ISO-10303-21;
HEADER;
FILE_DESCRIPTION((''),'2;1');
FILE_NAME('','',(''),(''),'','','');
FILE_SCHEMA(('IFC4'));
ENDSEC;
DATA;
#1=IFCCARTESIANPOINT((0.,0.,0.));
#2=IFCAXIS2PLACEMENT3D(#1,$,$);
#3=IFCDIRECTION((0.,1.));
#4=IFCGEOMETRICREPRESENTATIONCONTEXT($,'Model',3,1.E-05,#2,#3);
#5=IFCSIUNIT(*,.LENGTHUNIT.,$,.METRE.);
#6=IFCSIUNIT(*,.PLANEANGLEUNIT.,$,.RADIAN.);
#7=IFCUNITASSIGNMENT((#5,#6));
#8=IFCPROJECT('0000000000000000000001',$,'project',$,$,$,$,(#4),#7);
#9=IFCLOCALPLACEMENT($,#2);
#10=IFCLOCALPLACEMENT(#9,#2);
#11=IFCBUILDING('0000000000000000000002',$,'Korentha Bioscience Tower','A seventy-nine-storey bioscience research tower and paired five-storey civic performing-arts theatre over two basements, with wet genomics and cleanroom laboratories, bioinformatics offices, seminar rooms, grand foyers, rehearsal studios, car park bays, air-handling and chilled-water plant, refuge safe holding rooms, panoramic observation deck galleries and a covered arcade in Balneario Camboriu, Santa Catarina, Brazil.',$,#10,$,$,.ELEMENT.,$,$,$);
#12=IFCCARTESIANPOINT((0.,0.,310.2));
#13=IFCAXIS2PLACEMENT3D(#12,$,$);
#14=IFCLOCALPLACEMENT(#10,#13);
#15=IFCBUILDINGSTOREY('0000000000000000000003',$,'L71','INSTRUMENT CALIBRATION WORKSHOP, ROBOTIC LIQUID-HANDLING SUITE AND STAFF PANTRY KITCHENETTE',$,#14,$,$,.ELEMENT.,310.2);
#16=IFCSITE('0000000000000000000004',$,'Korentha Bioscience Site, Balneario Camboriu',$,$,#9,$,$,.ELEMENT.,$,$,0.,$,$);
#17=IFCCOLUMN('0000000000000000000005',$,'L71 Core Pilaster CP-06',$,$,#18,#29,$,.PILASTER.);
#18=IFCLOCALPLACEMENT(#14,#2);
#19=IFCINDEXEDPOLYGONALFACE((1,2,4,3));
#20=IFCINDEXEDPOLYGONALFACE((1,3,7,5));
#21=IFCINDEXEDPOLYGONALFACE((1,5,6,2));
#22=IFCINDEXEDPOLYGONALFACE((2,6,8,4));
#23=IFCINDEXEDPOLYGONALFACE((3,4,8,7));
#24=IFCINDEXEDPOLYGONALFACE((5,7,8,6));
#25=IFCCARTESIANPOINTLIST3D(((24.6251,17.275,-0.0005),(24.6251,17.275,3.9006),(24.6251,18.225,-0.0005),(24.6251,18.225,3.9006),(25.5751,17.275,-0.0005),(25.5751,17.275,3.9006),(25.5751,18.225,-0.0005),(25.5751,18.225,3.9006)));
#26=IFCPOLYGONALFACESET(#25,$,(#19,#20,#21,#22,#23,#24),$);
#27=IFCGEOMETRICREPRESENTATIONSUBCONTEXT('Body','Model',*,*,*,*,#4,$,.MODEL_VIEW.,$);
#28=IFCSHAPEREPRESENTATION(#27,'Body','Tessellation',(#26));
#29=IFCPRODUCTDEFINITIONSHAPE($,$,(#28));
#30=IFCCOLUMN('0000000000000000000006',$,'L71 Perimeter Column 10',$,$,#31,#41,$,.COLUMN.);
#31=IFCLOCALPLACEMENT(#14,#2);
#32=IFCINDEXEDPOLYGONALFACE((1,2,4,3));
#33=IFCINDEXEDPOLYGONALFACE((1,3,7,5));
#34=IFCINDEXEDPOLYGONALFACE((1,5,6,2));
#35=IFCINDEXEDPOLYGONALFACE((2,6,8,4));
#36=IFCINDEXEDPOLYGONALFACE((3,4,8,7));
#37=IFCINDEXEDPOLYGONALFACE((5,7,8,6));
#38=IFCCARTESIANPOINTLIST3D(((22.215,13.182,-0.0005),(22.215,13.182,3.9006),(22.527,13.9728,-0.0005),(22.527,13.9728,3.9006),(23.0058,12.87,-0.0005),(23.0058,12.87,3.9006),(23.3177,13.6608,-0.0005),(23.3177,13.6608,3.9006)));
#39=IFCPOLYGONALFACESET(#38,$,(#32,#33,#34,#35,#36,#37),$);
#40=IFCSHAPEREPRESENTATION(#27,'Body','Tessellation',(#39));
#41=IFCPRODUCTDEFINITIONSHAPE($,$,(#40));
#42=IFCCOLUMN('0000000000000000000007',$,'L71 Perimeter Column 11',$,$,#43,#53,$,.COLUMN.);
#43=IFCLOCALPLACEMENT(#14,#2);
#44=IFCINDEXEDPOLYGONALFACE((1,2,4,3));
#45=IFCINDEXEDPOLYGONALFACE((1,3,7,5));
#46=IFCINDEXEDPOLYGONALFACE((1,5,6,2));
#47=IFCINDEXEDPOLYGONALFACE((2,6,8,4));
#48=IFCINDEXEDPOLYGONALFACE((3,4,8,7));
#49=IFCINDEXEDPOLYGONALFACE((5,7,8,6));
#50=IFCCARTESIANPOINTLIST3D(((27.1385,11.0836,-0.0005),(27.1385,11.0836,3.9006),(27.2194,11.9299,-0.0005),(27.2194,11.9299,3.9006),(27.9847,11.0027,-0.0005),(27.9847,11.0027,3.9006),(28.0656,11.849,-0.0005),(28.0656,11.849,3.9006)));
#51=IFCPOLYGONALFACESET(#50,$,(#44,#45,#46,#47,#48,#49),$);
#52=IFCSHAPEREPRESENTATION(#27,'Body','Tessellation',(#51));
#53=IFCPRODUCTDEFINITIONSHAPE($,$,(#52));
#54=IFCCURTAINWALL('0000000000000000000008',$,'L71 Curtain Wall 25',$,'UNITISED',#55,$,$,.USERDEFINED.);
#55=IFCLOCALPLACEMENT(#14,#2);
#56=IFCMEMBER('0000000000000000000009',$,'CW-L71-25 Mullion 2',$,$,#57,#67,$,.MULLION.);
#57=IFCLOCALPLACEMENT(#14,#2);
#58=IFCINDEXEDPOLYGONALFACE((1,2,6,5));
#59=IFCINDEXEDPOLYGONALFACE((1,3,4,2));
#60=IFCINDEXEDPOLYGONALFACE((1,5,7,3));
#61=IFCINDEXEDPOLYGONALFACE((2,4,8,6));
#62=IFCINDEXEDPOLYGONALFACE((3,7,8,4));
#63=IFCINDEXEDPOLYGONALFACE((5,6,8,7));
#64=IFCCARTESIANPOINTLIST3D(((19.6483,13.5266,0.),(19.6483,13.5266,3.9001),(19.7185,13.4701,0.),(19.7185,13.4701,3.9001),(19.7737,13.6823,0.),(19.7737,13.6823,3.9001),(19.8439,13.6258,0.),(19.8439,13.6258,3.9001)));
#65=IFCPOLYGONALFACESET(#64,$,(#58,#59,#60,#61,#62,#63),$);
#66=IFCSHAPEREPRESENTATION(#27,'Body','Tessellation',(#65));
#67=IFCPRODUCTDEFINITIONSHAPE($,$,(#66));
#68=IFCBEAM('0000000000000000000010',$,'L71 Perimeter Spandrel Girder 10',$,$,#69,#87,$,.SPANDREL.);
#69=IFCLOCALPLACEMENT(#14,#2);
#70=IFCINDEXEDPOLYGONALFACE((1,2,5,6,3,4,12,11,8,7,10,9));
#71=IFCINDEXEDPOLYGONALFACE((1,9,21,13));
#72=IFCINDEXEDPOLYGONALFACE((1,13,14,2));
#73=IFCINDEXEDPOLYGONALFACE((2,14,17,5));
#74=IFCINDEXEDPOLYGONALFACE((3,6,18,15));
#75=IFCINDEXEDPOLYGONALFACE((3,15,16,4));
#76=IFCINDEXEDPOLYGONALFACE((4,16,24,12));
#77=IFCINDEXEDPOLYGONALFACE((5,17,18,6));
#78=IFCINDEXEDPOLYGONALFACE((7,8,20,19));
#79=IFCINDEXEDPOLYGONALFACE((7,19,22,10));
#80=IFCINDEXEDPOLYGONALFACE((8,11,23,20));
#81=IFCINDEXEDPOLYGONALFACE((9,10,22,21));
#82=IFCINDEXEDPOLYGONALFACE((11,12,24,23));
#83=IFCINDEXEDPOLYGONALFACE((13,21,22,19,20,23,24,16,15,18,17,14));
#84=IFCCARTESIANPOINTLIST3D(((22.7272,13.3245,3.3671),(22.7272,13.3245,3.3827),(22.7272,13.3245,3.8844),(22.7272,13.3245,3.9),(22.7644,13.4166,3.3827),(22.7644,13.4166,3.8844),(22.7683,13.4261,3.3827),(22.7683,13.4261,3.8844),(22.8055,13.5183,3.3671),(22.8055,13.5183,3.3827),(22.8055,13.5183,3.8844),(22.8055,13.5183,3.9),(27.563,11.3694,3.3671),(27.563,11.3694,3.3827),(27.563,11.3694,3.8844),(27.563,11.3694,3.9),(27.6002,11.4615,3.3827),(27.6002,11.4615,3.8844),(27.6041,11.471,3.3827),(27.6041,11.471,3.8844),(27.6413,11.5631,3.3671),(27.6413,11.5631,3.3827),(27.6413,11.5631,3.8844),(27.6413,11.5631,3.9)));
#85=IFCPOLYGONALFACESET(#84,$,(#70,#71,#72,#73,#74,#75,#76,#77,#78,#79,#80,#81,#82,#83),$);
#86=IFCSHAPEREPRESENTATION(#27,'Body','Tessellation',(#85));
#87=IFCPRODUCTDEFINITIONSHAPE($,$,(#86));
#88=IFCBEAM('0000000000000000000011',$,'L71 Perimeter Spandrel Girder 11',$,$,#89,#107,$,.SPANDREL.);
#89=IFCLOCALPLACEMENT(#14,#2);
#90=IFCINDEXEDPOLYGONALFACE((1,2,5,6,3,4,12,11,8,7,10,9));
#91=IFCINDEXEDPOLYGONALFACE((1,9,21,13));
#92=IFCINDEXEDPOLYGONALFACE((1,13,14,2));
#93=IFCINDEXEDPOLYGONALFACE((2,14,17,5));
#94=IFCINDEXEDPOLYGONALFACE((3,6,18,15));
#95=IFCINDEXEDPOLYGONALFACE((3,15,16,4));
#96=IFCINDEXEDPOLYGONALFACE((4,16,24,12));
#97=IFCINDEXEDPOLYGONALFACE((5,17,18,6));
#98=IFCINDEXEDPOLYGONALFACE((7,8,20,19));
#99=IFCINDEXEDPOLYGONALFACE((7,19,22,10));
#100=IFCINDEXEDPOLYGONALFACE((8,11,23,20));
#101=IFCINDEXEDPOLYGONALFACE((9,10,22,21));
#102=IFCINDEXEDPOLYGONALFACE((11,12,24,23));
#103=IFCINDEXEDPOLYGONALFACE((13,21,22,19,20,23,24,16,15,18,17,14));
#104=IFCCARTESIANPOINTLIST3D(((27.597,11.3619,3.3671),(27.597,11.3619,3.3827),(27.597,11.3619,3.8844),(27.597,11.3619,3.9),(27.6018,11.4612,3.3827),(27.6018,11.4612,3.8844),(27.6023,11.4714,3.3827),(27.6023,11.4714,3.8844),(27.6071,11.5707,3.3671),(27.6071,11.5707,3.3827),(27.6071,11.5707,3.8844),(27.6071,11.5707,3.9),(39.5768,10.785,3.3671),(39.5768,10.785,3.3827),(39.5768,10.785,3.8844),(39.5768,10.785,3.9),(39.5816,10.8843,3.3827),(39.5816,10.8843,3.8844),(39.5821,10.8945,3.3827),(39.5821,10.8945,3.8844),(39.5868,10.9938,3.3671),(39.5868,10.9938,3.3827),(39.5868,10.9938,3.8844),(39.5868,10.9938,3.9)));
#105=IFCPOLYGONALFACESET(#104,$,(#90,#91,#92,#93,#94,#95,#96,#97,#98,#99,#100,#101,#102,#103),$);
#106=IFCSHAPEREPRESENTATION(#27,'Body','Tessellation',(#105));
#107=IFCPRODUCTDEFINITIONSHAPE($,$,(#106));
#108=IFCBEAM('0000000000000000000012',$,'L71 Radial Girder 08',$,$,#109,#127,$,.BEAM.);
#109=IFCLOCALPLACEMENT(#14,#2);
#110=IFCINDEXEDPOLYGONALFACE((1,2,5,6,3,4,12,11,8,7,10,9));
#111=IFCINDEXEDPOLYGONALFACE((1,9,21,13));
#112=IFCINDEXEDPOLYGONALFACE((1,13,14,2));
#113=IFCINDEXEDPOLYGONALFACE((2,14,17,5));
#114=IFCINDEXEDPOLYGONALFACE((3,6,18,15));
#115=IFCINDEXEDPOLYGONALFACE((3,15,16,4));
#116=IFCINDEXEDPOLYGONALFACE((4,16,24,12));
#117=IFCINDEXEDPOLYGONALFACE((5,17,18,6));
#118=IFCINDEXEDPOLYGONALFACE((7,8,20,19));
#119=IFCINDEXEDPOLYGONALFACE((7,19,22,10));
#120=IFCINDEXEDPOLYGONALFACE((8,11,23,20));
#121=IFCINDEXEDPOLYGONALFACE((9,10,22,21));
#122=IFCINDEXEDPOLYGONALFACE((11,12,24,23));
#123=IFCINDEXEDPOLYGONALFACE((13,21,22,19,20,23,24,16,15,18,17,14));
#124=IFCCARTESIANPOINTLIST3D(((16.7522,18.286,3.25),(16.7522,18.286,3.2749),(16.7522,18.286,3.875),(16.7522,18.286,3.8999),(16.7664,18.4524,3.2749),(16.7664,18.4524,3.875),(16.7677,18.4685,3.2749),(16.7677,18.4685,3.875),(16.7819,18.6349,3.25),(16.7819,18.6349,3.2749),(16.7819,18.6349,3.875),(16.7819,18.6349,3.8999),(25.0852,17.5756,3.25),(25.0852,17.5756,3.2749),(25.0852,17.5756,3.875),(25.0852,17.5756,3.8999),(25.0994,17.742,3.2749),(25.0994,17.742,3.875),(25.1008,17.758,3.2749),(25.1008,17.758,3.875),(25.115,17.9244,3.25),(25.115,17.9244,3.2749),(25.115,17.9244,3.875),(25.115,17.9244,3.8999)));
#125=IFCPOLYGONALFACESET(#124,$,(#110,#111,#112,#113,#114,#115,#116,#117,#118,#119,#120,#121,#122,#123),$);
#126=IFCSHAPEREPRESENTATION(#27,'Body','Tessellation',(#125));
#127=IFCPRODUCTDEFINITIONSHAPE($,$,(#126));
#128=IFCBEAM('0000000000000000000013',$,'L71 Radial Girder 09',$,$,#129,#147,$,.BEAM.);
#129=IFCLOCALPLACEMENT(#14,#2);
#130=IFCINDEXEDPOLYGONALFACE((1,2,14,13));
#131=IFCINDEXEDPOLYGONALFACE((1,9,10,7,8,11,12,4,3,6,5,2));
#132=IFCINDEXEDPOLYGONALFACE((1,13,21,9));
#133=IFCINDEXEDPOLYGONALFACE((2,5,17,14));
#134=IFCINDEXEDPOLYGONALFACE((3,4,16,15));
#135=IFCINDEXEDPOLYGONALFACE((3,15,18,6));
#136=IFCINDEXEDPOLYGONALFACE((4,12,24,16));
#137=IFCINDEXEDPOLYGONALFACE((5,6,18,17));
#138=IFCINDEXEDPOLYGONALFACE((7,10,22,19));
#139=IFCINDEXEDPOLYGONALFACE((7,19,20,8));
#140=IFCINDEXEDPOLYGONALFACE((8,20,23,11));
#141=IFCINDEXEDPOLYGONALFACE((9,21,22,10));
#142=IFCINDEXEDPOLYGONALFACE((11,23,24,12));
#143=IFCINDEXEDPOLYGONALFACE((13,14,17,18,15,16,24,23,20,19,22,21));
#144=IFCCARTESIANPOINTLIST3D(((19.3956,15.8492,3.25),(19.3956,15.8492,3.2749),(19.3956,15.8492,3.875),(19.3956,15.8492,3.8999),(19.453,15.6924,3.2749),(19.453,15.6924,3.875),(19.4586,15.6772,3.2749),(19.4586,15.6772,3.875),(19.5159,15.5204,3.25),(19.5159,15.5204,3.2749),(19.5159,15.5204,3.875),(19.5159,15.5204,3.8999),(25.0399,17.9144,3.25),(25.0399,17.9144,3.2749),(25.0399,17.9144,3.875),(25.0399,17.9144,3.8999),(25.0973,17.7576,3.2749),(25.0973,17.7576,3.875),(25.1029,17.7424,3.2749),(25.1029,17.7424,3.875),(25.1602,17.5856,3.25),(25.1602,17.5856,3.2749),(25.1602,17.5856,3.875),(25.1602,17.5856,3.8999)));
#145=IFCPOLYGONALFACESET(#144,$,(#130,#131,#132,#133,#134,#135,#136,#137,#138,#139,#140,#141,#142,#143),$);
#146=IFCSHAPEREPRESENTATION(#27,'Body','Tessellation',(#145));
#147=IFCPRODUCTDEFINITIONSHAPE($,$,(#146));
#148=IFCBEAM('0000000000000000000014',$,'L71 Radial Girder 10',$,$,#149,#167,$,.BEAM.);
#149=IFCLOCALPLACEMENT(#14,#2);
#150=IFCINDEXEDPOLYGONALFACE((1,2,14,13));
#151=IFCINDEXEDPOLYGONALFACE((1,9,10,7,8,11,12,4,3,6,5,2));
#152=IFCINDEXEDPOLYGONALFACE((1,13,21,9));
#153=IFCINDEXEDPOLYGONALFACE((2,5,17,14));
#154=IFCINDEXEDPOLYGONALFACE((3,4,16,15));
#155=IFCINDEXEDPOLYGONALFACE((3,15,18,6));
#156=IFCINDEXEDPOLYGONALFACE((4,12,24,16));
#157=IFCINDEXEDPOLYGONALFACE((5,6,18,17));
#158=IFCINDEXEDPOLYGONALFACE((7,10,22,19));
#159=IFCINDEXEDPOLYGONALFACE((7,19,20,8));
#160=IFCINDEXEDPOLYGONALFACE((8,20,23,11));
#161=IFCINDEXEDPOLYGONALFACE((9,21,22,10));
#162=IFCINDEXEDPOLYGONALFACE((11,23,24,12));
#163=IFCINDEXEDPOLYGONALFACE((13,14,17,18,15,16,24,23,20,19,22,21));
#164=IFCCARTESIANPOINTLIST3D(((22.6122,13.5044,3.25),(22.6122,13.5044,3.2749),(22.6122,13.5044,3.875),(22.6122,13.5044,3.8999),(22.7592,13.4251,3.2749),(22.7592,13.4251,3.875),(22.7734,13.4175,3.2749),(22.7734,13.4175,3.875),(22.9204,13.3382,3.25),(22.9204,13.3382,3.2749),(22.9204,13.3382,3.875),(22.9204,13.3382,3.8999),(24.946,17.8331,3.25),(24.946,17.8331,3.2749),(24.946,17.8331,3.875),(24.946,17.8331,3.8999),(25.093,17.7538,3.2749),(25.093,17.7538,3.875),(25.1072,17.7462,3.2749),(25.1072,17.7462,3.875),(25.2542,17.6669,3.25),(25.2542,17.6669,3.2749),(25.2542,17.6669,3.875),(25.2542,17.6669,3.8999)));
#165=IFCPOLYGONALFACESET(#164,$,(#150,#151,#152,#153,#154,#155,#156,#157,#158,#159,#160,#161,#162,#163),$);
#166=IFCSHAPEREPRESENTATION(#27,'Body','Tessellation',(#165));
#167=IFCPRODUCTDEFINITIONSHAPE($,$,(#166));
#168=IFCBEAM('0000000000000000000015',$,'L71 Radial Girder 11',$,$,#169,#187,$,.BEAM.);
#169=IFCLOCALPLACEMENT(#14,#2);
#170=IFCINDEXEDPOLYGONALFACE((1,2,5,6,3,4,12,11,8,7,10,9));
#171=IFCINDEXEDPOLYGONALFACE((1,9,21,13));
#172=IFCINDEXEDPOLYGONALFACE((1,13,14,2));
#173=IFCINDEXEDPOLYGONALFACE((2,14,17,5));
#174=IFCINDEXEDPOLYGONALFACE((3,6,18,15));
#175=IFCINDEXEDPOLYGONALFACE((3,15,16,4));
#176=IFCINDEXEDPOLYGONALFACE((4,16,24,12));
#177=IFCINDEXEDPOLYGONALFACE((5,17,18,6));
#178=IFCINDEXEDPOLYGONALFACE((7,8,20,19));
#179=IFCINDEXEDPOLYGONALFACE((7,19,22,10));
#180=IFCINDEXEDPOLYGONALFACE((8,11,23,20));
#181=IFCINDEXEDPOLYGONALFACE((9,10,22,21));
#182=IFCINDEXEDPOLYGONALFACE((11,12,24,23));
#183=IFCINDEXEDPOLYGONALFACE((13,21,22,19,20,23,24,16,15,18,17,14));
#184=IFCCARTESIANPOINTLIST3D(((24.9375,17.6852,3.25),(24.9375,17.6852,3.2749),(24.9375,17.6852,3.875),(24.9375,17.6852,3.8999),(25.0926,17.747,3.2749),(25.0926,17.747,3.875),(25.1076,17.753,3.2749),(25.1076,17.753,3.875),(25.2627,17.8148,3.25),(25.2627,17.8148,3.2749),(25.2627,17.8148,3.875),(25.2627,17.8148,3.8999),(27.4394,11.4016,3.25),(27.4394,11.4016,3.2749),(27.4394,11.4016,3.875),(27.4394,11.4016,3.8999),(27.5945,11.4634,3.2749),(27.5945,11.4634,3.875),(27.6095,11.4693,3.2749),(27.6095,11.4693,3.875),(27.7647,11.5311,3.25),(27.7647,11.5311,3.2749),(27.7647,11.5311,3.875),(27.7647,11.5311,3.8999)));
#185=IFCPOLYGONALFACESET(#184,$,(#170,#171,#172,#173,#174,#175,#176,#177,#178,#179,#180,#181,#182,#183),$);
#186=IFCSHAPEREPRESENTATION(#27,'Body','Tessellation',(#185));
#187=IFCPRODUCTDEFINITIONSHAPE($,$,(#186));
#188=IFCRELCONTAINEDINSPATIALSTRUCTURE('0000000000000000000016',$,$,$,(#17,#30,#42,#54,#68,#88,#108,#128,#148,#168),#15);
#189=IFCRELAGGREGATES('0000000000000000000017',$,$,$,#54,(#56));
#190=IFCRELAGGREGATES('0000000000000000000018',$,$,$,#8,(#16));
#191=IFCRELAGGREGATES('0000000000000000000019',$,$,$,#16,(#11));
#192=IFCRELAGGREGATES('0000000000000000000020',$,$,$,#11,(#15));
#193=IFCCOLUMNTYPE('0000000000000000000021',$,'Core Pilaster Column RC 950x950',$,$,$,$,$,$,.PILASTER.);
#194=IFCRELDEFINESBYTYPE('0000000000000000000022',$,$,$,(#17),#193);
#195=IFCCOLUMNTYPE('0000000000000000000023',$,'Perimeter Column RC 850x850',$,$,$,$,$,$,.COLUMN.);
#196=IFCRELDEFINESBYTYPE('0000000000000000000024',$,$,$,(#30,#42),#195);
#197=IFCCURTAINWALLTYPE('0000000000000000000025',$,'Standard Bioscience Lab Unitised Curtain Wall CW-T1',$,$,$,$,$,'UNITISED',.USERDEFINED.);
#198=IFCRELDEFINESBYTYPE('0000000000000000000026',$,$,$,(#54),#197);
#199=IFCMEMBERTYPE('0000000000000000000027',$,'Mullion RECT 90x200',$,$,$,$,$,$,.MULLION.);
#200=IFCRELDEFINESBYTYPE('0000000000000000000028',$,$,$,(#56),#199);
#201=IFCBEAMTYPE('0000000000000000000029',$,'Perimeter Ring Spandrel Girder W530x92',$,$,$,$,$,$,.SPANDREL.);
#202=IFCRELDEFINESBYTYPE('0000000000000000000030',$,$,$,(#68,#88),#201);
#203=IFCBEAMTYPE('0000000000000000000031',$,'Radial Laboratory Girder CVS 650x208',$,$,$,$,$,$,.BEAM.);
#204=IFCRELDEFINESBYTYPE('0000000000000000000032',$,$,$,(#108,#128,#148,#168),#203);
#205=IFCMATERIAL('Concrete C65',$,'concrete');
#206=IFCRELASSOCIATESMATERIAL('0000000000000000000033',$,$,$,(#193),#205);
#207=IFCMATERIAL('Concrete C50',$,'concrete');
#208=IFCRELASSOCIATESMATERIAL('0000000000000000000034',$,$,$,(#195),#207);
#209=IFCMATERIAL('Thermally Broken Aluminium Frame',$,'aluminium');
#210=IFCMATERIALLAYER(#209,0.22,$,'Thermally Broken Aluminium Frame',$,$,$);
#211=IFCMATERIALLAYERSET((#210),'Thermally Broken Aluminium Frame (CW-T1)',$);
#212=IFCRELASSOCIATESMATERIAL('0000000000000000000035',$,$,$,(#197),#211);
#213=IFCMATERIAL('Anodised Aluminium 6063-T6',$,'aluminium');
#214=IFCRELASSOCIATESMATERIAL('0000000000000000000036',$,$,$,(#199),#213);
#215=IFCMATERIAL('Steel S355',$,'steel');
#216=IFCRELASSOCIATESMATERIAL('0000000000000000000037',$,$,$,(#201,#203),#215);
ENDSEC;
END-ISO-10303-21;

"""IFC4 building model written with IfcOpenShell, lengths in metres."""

from ifc_helpers import new_model, si_unit, direction, frame, origin, origin_2d, place, context, subcontext, project, spatial, rectangle, i_section, extrude, material, layer, layer_set, material_profile, profile_set, type_object, element, aggregate, save


model = new_model("IFC4")

# Units and contexts
model_context = context("Model", 3, precision=1e-05, world=origin(), true_north=direction((0.0, 1.0)))
body_context = subcontext(model_context, "Body", "Model", "MODEL_VIEW")
ifc_project = project(units=[si_unit("LENGTHUNIT", "METRE"), si_unit("PLANEANGLEUNIT", "RADIAN")], contexts=[model_context])

# Site, building, storey
site_placement = place(None, origin())
site = spatial("IfcSite", under=ifc_project, at=site_placement, Name="Korentha Bioscience Site, Balneario Camboriu", CompositionType="ELEMENT", RefElevation=0.0)
building_placement = place(site_placement, origin())
building = spatial("IfcBuilding", under=site, at=building_placement, Name="Korentha Bioscience Tower", Description="A seventy-nine-storey bioscience research tower and paired five-storey civic performing-arts theatre over two basements, with wet genomics and cleanroom laboratories, bioinformatics offices, seminar rooms, grand foyers, rehearsal studios, car park bays, air-handling and chilled-water plant, refuge safe holding rooms, panoramic observation deck galleries and a covered arcade in Balneario Camboriu, Santa Catarina, Brazil.", CompositionType="ELEMENT")
storey_placement = place(building_placement, frame((0.0, 0.0, 310.2)))
storey = spatial("IfcBuildingStorey", under=building, at=storey_placement, Name="L71", Description="INSTRUMENT CALIBRATION WORKSHOP, ROBOTIC LIQUID-HANDLING SUITE AND STAFF PANTRY KITCHENETTE", CompositionType="ELEMENT", Elevation=310.2)

# Columns
ifc_material_1 = material(Name="Concrete C65", Category="concrete")
ifc_material_profile_1 = material_profile(ifc_material_1, rectangle(XDim=0.95, YDim=0.95, at=origin_2d()), Name="Concrete C65")
ifc_profile_set_1 = profile_set([ifc_material_profile_1], Name="Concrete C65 (COL-CP09)")
column_type_1 = type_object("IfcColumnType", Name="Core Pilaster Column RC 950x950", PredefinedType="PILASTER", material=ifc_profile_set_1)
column_placement = place(storey_placement, frame((25.1001, 17.75, -0.0005), z_axis=(0.0, 0.0, 1.0), x_axis=(1.0, 0.0, 0.0)))
element("IfcColumn", 1, at=column_placement, inside=storey, type_object=column_type_1, Name="L71 Core Pilaster CP-06", PredefinedType="PILASTER", context=body_context, shape_type="SweptSolid", body=[
    extrude(rectangle(XDim=0.95, YDim=0.95, at=origin_2d()), origin(), (0.0, 0.0, 1.0), 3.9011),
])
ifc_material_2 = material(Name="Concrete C50", Category="concrete")
ifc_material_profile_2 = material_profile(ifc_material_2, rectangle(XDim=0.8501, YDim=0.8501, at=origin_2d()), Name="Concrete C50")
ifc_profile_set_2 = profile_set([ifc_material_profile_2], Name="Concrete C50 (COL-P08)")
column_type_2 = type_object("IfcColumnType", Name="Perimeter Column RC 850x850", PredefinedType="COLUMN", material=ifc_profile_set_2)
for number, where, z_axis, x_axis, name in (
    (2, (22.7664, 13.4214, -0.0005), (0.0, 0.0, 1.0), (-0.930226, 0.366988, 0.0), "L71 Perimeter Column 10"),
    (3, (27.6021, 11.4663, -0.0005), (0.0, 0.0, 1.0), (-0.995463, 0.095151, 0.0), "L71 Perimeter Column 11"),
):
    element("IfcColumn", number, at=place(storey_placement, frame(where, z_axis=z_axis, x_axis=x_axis)), inside=storey, type_object=column_type_2, Name=name, PredefinedType="COLUMN", context=body_context, shape_type="SweptSolid", body=[
        extrude(rectangle(XDim=0.8501, YDim=0.8501, at=origin_2d()), origin(), (0.0, 0.0, 1.0), 3.9011),
    ])

# Curtain wall, member
ifc_material_3 = material(Name="Thermally Broken Aluminium Frame", Category="aluminium")
ifc_layer_1 = layer(ifc_material_3, 0.22, Name="Thermally Broken Aluminium Frame")
ifc_layer_set_1 = layer_set([ifc_layer_1], Name="Thermally Broken Aluminium Frame (CW-T1)")
curtain_wall_type = type_object("IfcCurtainWallType", Name="Standard Bioscience Lab Unitised Curtain Wall CW-T1", ElementType="UNITISED", PredefinedType="USERDEFINED", material=ifc_layer_set_1)
curtain_wall_placement = place(storey_placement, origin())
curtain_wall = element("IfcCurtainWall", 4, at=curtain_wall_placement, inside=storey, type_object=curtain_wall_type, Name="L71 Curtain Wall 25", ObjectType="UNITISED", PredefinedType="USERDEFINED")
ifc_material_4 = material(Name="Anodised Aluminium 6063-T6", Category="aluminium")
ifc_material_profile_3 = material_profile(ifc_material_4, rectangle(XDim=0.0901, YDim=0.2, at=origin_2d()), Name="Anodised Aluminium 6063-T6")
ifc_profile_set_3 = profile_set([ifc_material_profile_3], Name="Anodised Aluminium 6063-T6 (CW-MUL)")
member_type = type_object("IfcMemberType", Name="Mullion RECT 90x200", PredefinedType="MULLION", material=ifc_profile_set_3)
member_placement = place(storey_placement, frame((19.7461, 13.5762, 0.0), z_axis=(0.0, 0.0, 1.0), x_axis=(0.778807, -0.627264, 0.0)))
member = element("IfcMember", 5, at=member_placement, type_object=member_type, Name="CW-L71-25 Mullion 2", PredefinedType="MULLION", context=body_context, shape_type="SweptSolid", body=[
    extrude(rectangle(XDim=0.0901, YDim=0.2, at=origin_2d()), origin(), (0.0, 0.0, 1.0), 3.9001),
])
aggregate(curtain_wall, [member])

# Beams
ifc_material_5 = material(Name="Steel S355", Category="steel")
ifc_material_profile_4 = material_profile(ifc_material_5, i_section(OverallWidth=0.209, OverallDepth=0.533, WebThickness=0.0103, FlangeThickness=0.0156, at=origin_2d()), Name="Steel S355")
ifc_profile_set_4 = profile_set([ifc_material_profile_4], Name="Steel S355 (SB-530)")
beam_type_1 = type_object("IfcBeamType", Name="Perimeter Ring Spandrel Girder W530x92", PredefinedType="SPANDREL", material=ifc_profile_set_4)
beam_1_placement = place(storey_placement, frame((22.7664, 13.4214, 3.6335), z_axis=(0.927095, -0.374826, 0.0), x_axis=(0.374826, 0.927095, 0.0)))
element("IfcBeam", 6, at=beam_1_placement, inside=storey, type_object=beam_type_1, Name="L71 Perimeter Spandrel Girder 10", PredefinedType="SPANDREL", context=body_context, shape_type="SweptSolid", body=[
    extrude(i_section(OverallWidth=0.209, OverallDepth=0.533, WebThickness=0.0103, FlangeThickness=0.0156, at=origin_2d()), origin(), (0.0, 0.0, 1.0), 5.2161),
])
beam_2_placement = place(storey_placement, frame((27.6021, 11.4663, 3.6335), z_axis=(0.998842, -0.048101, 0.0), x_axis=(0.048101, 0.998842, 0.0)))
element("IfcBeam", 7, at=beam_2_placement, inside=storey, type_object=beam_type_1, Name="L71 Perimeter Spandrel Girder 11", PredefinedType="SPANDREL", context=body_context, shape_type="SweptSolid", body=[
    extrude(i_section(OverallWidth=0.209, OverallDepth=0.533, WebThickness=0.0103, FlangeThickness=0.0156, at=origin_2d()), origin(), (0.0, 0.0, 1.0), 11.9937),
])
ifc_material_profile_5 = material_profile(ifc_material_5, i_section(OverallWidth=0.3501, OverallDepth=0.6499, WebThickness=0.0161, FlangeThickness=0.0249, at=origin_2d()), Name="Steel S355")
ifc_profile_set_5 = profile_set([ifc_material_profile_5], Name="Steel S355 (RB-650)")
beam_type_2 = type_object("IfcBeamType", Name="Radial Laboratory Girder CVS 650x208", PredefinedType="BEAM", material=ifc_profile_set_5)
beam_3_placement = place(storey_placement, frame((25.1001, 17.75, 3.575), z_axis=(-0.996385, 0.084949, 0.0), x_axis=(-0.084949, -0.996385, 0.0)))
element("IfcBeam", 8, at=beam_3_placement, inside=storey, type_object=beam_type_2, Name="L71 Radial Girder 08", PredefinedType="BEAM", context=body_context, shape_type="SweptSolid", body=[
    extrude(i_section(OverallWidth=0.3501, OverallDepth=0.6499, WebThickness=0.0161, FlangeThickness=0.0249, at=origin_2d()), origin(), (0.0, 0.0, 1.0), 8.3633),
])
beam_4_placement = place(storey_placement, frame((25.1001, 17.75, 3.575), z_axis=(-0.939112, -0.343611, 0.0), x_axis=(0.343611, -0.939112, 0.0)))
element("IfcBeam", 9, at=beam_4_placement, inside=storey, type_object=beam_type_2, Name="L71 Radial Girder 09", PredefinedType="BEAM", context=body_context, shape_type="SweptSolid", body=[
    extrude(i_section(OverallWidth=0.3501, OverallDepth=0.6499, WebThickness=0.0161, FlangeThickness=0.0249, at=origin_2d()), origin(), (0.0, 0.0, 1.0), 6.0103),
])
beam_5_placement = place(storey_placement, frame((25.1001, 17.75, 3.575), z_axis=(-0.474565, -0.880221, 0.0), x_axis=(0.880221, -0.474565, 0.0)))
element("IfcBeam", 10, at=beam_5_placement, inside=storey, type_object=beam_type_2, Name="L71 Radial Girder 10", PredefinedType="BEAM", context=body_context, shape_type="SweptSolid", body=[
    extrude(i_section(OverallWidth=0.3501, OverallDepth=0.6499, WebThickness=0.0161, FlangeThickness=0.0249, at=origin_2d()), origin(), (0.0, 0.0, 1.0), 4.9177),
])
beam_6_placement = place(storey_placement, frame((25.1001, 17.75, 3.575), z_axis=(0.369921, -0.929063, 0.0), x_axis=(0.929063, 0.369921, 0.0)))
element("IfcBeam", 11, at=beam_6_placement, inside=storey, type_object=beam_type_2, Name="L71 Radial Girder 11", PredefinedType="BEAM", context=body_context, shape_type="SweptSolid", body=[
    extrude(i_section(OverallWidth=0.3501, OverallDepth=0.6499, WebThickness=0.0161, FlangeThickness=0.0249, at=origin_2d()), origin(), (0.0, 0.0, 1.0), 6.7634),
])

save(model, "model.ifc")
